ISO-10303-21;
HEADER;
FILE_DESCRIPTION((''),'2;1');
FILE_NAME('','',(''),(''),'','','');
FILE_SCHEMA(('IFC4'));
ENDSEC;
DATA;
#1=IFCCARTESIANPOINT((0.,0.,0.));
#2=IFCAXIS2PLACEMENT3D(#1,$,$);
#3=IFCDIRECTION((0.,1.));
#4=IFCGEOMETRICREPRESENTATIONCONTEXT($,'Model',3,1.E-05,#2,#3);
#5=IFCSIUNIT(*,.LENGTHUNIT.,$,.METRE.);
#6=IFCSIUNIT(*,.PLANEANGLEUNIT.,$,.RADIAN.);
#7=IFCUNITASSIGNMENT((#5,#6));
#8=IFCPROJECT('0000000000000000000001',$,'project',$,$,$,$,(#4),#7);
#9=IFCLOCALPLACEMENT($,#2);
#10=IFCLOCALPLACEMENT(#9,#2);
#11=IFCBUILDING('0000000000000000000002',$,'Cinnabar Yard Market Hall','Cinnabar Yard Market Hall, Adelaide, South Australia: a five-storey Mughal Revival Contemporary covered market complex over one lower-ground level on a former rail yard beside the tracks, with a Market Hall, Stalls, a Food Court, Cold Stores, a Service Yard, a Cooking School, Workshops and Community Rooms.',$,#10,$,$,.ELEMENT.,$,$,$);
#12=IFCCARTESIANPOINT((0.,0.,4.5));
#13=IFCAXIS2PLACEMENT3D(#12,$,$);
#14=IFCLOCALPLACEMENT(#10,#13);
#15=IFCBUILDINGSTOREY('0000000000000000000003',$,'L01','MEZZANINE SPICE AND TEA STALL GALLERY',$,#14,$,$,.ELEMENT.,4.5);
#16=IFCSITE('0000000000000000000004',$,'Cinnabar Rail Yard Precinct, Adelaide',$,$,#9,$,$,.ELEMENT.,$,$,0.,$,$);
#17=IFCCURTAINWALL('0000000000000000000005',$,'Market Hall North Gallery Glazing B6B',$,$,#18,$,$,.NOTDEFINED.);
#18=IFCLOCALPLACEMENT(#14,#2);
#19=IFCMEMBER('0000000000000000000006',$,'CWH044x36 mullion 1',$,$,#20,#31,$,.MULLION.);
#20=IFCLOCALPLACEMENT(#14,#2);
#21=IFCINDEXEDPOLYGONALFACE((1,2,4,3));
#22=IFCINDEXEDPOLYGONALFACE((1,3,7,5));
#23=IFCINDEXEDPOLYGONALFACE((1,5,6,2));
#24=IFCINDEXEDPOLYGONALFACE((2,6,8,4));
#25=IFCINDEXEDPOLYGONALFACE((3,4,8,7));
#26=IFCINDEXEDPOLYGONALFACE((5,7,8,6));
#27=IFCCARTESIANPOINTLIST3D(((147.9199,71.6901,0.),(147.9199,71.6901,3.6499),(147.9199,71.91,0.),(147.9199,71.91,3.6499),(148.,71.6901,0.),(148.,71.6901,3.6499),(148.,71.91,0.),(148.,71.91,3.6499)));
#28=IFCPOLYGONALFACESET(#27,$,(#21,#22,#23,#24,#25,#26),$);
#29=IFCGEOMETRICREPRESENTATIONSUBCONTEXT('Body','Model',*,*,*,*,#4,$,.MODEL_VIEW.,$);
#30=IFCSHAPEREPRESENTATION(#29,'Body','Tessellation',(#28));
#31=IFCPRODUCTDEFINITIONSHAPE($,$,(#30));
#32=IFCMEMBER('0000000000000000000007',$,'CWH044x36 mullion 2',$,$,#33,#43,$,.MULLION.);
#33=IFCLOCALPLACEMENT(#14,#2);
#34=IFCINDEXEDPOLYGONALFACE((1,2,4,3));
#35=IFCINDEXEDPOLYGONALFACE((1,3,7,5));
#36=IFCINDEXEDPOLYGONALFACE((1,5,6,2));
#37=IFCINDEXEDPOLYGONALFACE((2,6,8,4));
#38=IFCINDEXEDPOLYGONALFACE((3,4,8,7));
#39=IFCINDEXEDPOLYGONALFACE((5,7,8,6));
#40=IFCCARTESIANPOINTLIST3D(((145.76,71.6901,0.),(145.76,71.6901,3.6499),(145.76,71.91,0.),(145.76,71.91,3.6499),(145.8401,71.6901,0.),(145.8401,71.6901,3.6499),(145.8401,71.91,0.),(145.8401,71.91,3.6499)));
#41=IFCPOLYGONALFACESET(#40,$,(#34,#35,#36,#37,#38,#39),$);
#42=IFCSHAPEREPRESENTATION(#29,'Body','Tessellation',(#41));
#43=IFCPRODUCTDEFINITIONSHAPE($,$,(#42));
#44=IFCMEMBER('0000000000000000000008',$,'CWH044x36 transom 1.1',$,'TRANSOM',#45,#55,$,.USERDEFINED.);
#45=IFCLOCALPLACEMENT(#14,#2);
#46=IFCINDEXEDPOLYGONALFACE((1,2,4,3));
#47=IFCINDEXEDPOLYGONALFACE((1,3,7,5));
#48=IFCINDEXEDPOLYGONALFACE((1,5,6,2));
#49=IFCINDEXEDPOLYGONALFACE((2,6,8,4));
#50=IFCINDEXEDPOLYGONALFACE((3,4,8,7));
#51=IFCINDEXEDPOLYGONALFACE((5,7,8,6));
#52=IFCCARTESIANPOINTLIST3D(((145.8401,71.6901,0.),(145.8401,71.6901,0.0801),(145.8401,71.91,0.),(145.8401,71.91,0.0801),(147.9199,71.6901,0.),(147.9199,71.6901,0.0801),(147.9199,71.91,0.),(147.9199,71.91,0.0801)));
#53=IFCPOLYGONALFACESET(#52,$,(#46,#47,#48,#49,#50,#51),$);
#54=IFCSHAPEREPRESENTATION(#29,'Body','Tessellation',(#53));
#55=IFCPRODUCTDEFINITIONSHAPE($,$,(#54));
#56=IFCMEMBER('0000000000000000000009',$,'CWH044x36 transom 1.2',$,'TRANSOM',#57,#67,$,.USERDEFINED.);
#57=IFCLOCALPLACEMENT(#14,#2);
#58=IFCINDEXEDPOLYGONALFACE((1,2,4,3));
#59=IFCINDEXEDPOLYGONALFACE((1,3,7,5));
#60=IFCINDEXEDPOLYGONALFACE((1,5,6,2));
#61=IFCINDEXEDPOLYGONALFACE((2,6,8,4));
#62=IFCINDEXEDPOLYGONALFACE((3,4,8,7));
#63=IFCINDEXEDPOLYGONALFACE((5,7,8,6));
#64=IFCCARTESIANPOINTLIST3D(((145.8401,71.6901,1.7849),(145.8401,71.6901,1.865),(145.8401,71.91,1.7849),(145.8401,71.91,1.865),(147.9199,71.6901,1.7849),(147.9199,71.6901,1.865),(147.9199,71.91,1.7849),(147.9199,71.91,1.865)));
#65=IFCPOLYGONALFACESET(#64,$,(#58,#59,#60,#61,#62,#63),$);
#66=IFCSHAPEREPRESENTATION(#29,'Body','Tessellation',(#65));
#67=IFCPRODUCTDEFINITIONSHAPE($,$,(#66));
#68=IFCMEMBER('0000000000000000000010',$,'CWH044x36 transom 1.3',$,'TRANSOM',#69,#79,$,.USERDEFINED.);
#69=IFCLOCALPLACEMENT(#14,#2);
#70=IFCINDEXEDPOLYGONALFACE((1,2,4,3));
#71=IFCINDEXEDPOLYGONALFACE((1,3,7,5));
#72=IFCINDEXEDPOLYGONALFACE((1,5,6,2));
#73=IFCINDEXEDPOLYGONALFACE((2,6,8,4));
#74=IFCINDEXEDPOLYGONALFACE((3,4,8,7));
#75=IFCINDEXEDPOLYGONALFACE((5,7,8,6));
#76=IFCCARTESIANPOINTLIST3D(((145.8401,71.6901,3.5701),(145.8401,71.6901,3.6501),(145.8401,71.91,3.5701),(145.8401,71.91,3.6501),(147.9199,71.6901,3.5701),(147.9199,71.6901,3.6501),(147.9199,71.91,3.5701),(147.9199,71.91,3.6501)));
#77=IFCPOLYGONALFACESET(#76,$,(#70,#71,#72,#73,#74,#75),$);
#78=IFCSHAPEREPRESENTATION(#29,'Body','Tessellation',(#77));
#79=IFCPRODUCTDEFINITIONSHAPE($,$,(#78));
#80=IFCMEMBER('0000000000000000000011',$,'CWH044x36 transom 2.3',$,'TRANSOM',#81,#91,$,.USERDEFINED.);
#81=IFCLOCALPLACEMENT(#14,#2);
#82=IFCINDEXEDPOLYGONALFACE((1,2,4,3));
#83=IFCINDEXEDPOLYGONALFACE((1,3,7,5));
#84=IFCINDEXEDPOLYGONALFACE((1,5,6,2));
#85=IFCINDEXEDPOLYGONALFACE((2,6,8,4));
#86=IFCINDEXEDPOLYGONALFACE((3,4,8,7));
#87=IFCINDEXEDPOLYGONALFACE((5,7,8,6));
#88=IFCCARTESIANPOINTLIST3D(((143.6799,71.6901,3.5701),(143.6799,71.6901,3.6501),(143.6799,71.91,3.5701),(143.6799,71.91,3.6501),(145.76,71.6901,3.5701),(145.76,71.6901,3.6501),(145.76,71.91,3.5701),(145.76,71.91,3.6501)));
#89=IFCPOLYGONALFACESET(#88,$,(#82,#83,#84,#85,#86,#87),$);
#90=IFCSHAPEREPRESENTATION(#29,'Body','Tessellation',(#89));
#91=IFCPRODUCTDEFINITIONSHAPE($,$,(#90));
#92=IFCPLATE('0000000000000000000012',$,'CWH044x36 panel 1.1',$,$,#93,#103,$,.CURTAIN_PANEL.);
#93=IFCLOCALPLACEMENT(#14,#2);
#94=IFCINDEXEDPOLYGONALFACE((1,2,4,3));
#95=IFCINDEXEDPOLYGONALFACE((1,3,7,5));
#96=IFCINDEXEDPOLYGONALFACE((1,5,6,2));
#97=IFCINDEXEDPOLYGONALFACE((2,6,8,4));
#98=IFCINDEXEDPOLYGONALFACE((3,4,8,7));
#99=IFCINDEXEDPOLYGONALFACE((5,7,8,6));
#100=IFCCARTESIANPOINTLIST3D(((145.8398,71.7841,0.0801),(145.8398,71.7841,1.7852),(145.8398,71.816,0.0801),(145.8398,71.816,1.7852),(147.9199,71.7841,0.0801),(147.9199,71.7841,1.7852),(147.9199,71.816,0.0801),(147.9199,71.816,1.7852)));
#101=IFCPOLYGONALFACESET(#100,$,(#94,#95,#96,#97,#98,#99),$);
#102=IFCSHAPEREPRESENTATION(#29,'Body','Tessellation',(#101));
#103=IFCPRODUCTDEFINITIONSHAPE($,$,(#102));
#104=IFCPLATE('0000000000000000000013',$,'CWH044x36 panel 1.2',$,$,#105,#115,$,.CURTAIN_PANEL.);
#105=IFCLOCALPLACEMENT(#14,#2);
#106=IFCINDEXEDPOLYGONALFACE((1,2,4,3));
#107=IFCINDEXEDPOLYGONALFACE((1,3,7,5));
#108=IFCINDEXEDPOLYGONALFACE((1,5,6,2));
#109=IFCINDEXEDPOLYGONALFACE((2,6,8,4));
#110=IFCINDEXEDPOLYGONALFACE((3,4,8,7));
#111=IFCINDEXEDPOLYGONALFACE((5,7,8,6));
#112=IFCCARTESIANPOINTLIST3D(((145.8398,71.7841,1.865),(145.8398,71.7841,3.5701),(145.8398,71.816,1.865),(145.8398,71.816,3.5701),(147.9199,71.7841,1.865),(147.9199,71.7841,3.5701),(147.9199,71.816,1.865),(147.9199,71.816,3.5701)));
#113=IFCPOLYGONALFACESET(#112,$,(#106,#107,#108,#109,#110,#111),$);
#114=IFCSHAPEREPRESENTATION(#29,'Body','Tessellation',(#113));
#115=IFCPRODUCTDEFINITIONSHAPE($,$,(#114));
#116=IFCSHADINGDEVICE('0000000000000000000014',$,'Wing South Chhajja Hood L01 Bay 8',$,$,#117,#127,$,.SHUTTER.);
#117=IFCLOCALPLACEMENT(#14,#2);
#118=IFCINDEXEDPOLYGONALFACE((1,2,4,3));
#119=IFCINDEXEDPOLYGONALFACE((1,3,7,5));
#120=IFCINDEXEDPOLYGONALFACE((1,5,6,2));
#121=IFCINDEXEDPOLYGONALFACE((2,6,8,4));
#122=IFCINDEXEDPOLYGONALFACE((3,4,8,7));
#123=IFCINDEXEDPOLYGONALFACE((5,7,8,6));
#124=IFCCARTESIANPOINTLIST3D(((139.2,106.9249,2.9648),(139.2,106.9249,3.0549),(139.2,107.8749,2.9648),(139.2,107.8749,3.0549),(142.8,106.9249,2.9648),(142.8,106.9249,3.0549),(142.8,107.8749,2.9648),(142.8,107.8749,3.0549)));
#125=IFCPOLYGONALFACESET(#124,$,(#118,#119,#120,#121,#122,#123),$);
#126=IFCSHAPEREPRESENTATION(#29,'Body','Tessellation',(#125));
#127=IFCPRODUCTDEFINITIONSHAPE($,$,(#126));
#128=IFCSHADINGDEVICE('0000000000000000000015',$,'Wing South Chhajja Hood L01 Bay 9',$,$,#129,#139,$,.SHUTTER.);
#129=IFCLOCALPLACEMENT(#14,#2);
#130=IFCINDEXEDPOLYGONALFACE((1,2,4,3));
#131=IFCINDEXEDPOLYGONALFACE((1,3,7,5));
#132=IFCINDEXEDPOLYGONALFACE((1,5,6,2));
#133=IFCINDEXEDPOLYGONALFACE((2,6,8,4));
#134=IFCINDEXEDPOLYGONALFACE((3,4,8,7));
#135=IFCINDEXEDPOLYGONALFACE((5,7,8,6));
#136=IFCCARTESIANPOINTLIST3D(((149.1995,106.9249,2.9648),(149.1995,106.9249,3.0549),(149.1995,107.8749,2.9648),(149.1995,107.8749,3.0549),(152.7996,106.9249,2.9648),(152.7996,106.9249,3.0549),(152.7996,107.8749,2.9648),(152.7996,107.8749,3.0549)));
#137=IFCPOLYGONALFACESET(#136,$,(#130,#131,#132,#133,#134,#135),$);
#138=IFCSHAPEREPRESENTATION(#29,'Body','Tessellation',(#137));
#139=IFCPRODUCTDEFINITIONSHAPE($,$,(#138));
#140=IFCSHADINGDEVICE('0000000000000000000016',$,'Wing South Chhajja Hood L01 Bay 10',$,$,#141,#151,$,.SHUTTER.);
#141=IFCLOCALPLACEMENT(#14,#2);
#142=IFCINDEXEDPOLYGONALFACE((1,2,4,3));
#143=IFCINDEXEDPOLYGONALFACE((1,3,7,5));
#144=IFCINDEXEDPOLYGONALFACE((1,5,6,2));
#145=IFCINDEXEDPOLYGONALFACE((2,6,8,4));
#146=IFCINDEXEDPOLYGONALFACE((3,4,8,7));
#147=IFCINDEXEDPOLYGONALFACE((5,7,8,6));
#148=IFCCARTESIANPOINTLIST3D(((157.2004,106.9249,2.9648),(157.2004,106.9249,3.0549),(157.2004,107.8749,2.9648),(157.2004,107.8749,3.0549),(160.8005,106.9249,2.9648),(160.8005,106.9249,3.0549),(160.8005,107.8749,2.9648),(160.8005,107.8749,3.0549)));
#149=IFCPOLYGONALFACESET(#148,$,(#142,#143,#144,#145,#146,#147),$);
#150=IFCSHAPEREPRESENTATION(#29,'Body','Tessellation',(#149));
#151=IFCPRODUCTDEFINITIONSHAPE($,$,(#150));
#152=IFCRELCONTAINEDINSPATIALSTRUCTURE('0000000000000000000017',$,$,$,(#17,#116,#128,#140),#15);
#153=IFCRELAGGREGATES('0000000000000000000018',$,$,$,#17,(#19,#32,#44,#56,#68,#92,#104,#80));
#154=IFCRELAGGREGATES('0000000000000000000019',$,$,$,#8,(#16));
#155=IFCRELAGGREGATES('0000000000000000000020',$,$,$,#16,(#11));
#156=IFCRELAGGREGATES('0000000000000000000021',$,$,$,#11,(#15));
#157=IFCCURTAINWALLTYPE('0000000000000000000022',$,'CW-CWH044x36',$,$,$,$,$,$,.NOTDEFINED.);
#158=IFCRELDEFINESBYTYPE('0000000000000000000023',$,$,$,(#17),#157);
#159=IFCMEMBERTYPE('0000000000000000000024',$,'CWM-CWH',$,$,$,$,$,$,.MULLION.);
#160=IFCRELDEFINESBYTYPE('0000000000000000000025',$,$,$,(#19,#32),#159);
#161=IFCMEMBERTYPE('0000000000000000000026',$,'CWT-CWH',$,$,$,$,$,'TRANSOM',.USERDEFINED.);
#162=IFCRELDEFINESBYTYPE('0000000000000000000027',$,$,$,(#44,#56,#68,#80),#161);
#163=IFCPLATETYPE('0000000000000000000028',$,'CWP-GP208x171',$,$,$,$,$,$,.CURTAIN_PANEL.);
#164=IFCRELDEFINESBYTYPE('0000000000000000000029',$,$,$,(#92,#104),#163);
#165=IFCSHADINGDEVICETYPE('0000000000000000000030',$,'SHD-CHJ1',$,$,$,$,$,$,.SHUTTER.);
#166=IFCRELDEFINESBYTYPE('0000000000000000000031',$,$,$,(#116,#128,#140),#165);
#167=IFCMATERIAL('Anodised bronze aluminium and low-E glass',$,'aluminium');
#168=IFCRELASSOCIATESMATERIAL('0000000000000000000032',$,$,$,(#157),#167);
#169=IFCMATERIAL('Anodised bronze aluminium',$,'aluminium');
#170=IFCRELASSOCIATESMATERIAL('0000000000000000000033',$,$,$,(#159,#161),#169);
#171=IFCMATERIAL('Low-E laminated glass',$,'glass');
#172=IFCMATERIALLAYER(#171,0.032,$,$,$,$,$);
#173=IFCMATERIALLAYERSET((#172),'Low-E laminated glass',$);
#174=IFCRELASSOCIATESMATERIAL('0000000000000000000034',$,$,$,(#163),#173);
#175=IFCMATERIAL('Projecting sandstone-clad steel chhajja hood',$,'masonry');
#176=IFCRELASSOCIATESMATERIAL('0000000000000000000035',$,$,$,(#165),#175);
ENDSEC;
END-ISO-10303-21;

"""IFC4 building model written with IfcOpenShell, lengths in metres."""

from ifc_helpers import new_model, si_unit, direction, frame, origin, origin_2d_with_axis, place, context, subcontext, project, spatial, rectangle, extrude, material, layer, layer_set, material_profile, profile_set, type_object, element, aggregate, save


model = new_model("IFC4")

# Units and contexts
model_context = context("Model", 3, precision=1e-05, world=origin(), true_north=direction((0.0, 1.0)))
body_context = subcontext(model_context, "Body", "Model", "MODEL_VIEW")
ifc_project = project(units=[si_unit("LENGTHUNIT", "METRE"), si_unit("PLANEANGLEUNIT", "RADIAN")], contexts=[model_context])

# Site, building, storey
site_placement = place(None, origin())
site = spatial("IfcSite", under=ifc_project, at=site_placement, Name="Cinnabar Rail Yard Precinct, Adelaide", CompositionType="ELEMENT", RefElevation=0.0)
building_placement = place(site_placement, origin())
building = spatial("IfcBuilding", under=site, at=building_placement, Name="Cinnabar Yard Market Hall", Description="Cinnabar Yard Market Hall, Adelaide, South Australia: a five-storey Mughal Revival Contemporary covered market complex over one lower-ground level on a former rail yard beside the tracks, with a Market Hall, Stalls, a Food Court, Cold Stores, a Service Yard, a Cooking School, Workshops and Community Rooms.", CompositionType="ELEMENT")
storey_placement = place(building_placement, frame((0.0, 0.0, 4.5)))
storey = spatial("IfcBuildingStorey", under=building, at=storey_placement, Name="L01", Description="MEZZANINE SPICE AND TEA STALL GALLERY", CompositionType="ELEMENT", Elevation=4.5)

# Curtain wall, members, plates
ifc_material_1 = material(Name="Anodised bronze aluminium and low-E glass", Category="aluminium")
curtain_wall_type = type_object("IfcCurtainWallType", Name="CW-CWH044x36", PredefinedType="NOTDEFINED", material=ifc_material_1)
curtain_wall_placement = place(storey_placement, origin())
curtain_wall = element("IfcCurtainWall", 1, at=curtain_wall_placement, inside=storey, type_object=curtain_wall_type, Name="Market Hall North Gallery Glazing B6B", PredefinedType="NOTDEFINED")
ifc_material_2 = material(Name="Anodised bronze aluminium", Category="aluminium")
ifc_material_profile_1 = material_profile(ifc_material_2, rectangle(XDim=0.22, YDim=0.0801, at=origin_2d_with_axis()), Name="MUL-CWH")
ifc_profile_set_1 = profile_set([ifc_material_profile_1], Name="Anodised bronze aluminium")
member_type_1 = type_object("IfcMemberType", Name="CWM-CWH", PredefinedType="MULLION", material=ifc_profile_set_1)
member_1_placement = place(storey_placement, frame((147.96, 71.8, 0.0), z_axis=(0.0, 0.0, 1.0), x_axis=(0.0, -1.0, 0.0)))
member_1 = element("IfcMember", 2, at=member_1_placement, type_object=member_type_1, Name="CWH044x36 mullion 1", PredefinedType="MULLION", context=body_context, shape_type="SweptSolid", body=[
    extrude(rectangle(XDim=0.22, YDim=0.0801, at=origin_2d_with_axis()), origin(), (0.0, 0.0, 1.0), 3.6499),
])
member_2_placement = place(storey_placement, frame((145.8, 71.8, 0.0), z_axis=(0.0, 0.0, 1.0), x_axis=(0.0, -1.0, 0.0)))
member_2 = element("IfcMember", 3, at=member_2_placement, type_object=member_type_1, Name="CWH044x36 mullion 2", PredefinedType="MULLION", context=body_context, shape_type="SweptSolid", body=[
    extrude(rectangle(XDim=0.22, YDim=0.0801, at=origin_2d_with_axis()), origin(), (0.0, 0.0, 1.0), 3.6499),
])
ifc_material_profile_2 = material_profile(ifc_material_2, rectangle(XDim=0.22, YDim=0.0801, at=origin_2d_with_axis()), Name="TRN-CWH")
ifc_profile_set_2 = profile_set([ifc_material_profile_2], Name="Anodised bronze aluminium")
member_type_2 = type_object("IfcMemberType", Name="CWT-CWH", ElementType="TRANSOM", PredefinedType="USERDEFINED", material=ifc_profile_set_2)
member_3_placement = place(storey_placement, frame((147.9199, 71.8, 0.04), z_axis=(-1.0, 0.0, 0.0), x_axis=(0.0, -1.0, 0.0)))
member_3 = element("IfcMember", 4, at=member_3_placement, type_object=member_type_2, Name="CWH044x36 transom 1.1", ObjectType="TRANSOM", PredefinedType="USERDEFINED", context=body_context, shape_type="SweptSolid", body=[
    extrude(rectangle(XDim=0.22, YDim=0.0801, at=origin_2d_with_axis()), origin(), (0.0, 0.0, 1.0), 2.0798),
])
member_4_placement = place(storey_placement, frame((147.9199, 71.8, 1.825), z_axis=(-1.0, 0.0, 0.0), x_axis=(0.0, -1.0, 0.0)))
member_4 = element("IfcMember", 5, at=member_4_placement, type_object=member_type_2, Name="CWH044x36 transom 1.2", ObjectType="TRANSOM", PredefinedType="USERDEFINED", context=body_context, shape_type="SweptSolid", body=[
    extrude(rectangle(XDim=0.22, YDim=0.0801, at=origin_2d_with_axis()), origin(), (0.0, 0.0, 1.0), 2.0798),
])
member_5_placement = place(storey_placement, frame((147.9199, 71.8, 3.6101), z_axis=(-1.0, 0.0, 0.0), x_axis=(0.0, -1.0, 0.0)))
member_5 = element("IfcMember", 6, at=member_5_placement, type_object=member_type_2, Name="CWH044x36 transom 1.3", ObjectType="TRANSOM", PredefinedType="USERDEFINED", context=body_context, shape_type="SweptSolid", body=[
    extrude(rectangle(XDim=0.22, YDim=0.0801, at=origin_2d_with_axis()), origin(), (0.0, 0.0, 1.0), 2.0798),
])
member_6_placement = place(storey_placement, frame((145.76, 71.8, 3.6101), z_axis=(-1.0, 0.0, 0.0), x_axis=(0.0, -1.0, 0.0)))
member_6 = element("IfcMember", 7, at=member_6_placement, type_object=member_type_2, Name="CWH044x36 transom 2.3", ObjectType="TRANSOM", PredefinedType="USERDEFINED", context=body_context, shape_type="SweptSolid", body=[
    extrude(rectangle(XDim=0.22, YDim=0.0801, at=origin_2d_with_axis()), origin(), (0.0, 0.0, 1.0), 2.0801),
])
ifc_material_3 = material(Name="Low-E laminated glass", Category="glass")
ifc_layer = layer(ifc_material_3, 0.032)
ifc_layer_set = layer_set([ifc_layer], Name="Low-E laminated glass")
plate_type = type_object("IfcPlateType", Name="CWP-GP208x171", PredefinedType="CURTAIN_PANEL", material=ifc_layer_set)
plate_1_placement = place(storey_placement, frame((146.8799, 71.8, 0.0801), z_axis=(0.0, 0.0, 1.0), x_axis=(-1.0, 0.0, 0.0)))
plate_1 = element("IfcPlate", 8, at=plate_1_placement, type_object=plate_type, Name="CWH044x36 panel 1.1", PredefinedType="CURTAIN_PANEL", context=body_context, shape_type="SweptSolid", body=[
    extrude(rectangle(XDim=2.0801, YDim=0.032, at=origin_2d_with_axis()), origin(), (0.0, 0.0, 1.0), 1.7051),
])
plate_2_placement = place(storey_placement, frame((146.8799, 71.8, 1.865), z_axis=(0.0, 0.0, 1.0), x_axis=(-1.0, 0.0, 0.0)))
plate_2 = element("IfcPlate", 9, at=plate_2_placement, type_object=plate_type, Name="CWH044x36 panel 1.2", PredefinedType="CURTAIN_PANEL", context=body_context, shape_type="SweptSolid", body=[
    extrude(rectangle(XDim=2.0801, YDim=0.032, at=origin_2d_with_axis()), origin(), (0.0, 0.0, 1.0), 1.7051),
])
aggregate(curtain_wall, [member_1, member_2, member_3, member_4, member_5, plate_1, plate_2, member_6])

# Shading devices
ifc_material_4 = material(Name="Projecting sandstone-clad steel chhajja hood", Category="masonry")
shading_device_type = type_object("IfcShadingDeviceType", Name="SHD-CHJ1", PredefinedType="SHUTTER", material=ifc_material_4)
for number, where, z_axis, x_axis, name in (
    (10, (141.0, 107.3999, 2.9648), (0.0, 0.0, 1.0), (1.0, 0.0, 0.0), "Wing South Chhajja Hood L01 Bay 8"),
    (11, (150.9995, 107.3999, 2.9648), (0.0, 0.0, 1.0), (1.0, 0.0, 0.0), "Wing South Chhajja Hood L01 Bay 9"),
    (12, (159.0005, 107.3999, 2.9648), (0.0, 0.0, 1.0), (1.0, 0.0, 0.0), "Wing South Chhajja Hood L01 Bay 10"),
):
    element("IfcShadingDevice", number, at=place(storey_placement, frame(where, z_axis=z_axis, x_axis=x_axis)), inside=storey, type_object=shading_device_type, Name=name, PredefinedType="SHUTTER", context=body_context, shape_type="SweptSolid", body=[
        extrude(rectangle(XDim=3.6001, YDim=0.95, at=origin_2d_with_axis()), origin(), (0.0, 0.0, 1.0), 0.0901),
    ])

save(model, "model.ifc")
